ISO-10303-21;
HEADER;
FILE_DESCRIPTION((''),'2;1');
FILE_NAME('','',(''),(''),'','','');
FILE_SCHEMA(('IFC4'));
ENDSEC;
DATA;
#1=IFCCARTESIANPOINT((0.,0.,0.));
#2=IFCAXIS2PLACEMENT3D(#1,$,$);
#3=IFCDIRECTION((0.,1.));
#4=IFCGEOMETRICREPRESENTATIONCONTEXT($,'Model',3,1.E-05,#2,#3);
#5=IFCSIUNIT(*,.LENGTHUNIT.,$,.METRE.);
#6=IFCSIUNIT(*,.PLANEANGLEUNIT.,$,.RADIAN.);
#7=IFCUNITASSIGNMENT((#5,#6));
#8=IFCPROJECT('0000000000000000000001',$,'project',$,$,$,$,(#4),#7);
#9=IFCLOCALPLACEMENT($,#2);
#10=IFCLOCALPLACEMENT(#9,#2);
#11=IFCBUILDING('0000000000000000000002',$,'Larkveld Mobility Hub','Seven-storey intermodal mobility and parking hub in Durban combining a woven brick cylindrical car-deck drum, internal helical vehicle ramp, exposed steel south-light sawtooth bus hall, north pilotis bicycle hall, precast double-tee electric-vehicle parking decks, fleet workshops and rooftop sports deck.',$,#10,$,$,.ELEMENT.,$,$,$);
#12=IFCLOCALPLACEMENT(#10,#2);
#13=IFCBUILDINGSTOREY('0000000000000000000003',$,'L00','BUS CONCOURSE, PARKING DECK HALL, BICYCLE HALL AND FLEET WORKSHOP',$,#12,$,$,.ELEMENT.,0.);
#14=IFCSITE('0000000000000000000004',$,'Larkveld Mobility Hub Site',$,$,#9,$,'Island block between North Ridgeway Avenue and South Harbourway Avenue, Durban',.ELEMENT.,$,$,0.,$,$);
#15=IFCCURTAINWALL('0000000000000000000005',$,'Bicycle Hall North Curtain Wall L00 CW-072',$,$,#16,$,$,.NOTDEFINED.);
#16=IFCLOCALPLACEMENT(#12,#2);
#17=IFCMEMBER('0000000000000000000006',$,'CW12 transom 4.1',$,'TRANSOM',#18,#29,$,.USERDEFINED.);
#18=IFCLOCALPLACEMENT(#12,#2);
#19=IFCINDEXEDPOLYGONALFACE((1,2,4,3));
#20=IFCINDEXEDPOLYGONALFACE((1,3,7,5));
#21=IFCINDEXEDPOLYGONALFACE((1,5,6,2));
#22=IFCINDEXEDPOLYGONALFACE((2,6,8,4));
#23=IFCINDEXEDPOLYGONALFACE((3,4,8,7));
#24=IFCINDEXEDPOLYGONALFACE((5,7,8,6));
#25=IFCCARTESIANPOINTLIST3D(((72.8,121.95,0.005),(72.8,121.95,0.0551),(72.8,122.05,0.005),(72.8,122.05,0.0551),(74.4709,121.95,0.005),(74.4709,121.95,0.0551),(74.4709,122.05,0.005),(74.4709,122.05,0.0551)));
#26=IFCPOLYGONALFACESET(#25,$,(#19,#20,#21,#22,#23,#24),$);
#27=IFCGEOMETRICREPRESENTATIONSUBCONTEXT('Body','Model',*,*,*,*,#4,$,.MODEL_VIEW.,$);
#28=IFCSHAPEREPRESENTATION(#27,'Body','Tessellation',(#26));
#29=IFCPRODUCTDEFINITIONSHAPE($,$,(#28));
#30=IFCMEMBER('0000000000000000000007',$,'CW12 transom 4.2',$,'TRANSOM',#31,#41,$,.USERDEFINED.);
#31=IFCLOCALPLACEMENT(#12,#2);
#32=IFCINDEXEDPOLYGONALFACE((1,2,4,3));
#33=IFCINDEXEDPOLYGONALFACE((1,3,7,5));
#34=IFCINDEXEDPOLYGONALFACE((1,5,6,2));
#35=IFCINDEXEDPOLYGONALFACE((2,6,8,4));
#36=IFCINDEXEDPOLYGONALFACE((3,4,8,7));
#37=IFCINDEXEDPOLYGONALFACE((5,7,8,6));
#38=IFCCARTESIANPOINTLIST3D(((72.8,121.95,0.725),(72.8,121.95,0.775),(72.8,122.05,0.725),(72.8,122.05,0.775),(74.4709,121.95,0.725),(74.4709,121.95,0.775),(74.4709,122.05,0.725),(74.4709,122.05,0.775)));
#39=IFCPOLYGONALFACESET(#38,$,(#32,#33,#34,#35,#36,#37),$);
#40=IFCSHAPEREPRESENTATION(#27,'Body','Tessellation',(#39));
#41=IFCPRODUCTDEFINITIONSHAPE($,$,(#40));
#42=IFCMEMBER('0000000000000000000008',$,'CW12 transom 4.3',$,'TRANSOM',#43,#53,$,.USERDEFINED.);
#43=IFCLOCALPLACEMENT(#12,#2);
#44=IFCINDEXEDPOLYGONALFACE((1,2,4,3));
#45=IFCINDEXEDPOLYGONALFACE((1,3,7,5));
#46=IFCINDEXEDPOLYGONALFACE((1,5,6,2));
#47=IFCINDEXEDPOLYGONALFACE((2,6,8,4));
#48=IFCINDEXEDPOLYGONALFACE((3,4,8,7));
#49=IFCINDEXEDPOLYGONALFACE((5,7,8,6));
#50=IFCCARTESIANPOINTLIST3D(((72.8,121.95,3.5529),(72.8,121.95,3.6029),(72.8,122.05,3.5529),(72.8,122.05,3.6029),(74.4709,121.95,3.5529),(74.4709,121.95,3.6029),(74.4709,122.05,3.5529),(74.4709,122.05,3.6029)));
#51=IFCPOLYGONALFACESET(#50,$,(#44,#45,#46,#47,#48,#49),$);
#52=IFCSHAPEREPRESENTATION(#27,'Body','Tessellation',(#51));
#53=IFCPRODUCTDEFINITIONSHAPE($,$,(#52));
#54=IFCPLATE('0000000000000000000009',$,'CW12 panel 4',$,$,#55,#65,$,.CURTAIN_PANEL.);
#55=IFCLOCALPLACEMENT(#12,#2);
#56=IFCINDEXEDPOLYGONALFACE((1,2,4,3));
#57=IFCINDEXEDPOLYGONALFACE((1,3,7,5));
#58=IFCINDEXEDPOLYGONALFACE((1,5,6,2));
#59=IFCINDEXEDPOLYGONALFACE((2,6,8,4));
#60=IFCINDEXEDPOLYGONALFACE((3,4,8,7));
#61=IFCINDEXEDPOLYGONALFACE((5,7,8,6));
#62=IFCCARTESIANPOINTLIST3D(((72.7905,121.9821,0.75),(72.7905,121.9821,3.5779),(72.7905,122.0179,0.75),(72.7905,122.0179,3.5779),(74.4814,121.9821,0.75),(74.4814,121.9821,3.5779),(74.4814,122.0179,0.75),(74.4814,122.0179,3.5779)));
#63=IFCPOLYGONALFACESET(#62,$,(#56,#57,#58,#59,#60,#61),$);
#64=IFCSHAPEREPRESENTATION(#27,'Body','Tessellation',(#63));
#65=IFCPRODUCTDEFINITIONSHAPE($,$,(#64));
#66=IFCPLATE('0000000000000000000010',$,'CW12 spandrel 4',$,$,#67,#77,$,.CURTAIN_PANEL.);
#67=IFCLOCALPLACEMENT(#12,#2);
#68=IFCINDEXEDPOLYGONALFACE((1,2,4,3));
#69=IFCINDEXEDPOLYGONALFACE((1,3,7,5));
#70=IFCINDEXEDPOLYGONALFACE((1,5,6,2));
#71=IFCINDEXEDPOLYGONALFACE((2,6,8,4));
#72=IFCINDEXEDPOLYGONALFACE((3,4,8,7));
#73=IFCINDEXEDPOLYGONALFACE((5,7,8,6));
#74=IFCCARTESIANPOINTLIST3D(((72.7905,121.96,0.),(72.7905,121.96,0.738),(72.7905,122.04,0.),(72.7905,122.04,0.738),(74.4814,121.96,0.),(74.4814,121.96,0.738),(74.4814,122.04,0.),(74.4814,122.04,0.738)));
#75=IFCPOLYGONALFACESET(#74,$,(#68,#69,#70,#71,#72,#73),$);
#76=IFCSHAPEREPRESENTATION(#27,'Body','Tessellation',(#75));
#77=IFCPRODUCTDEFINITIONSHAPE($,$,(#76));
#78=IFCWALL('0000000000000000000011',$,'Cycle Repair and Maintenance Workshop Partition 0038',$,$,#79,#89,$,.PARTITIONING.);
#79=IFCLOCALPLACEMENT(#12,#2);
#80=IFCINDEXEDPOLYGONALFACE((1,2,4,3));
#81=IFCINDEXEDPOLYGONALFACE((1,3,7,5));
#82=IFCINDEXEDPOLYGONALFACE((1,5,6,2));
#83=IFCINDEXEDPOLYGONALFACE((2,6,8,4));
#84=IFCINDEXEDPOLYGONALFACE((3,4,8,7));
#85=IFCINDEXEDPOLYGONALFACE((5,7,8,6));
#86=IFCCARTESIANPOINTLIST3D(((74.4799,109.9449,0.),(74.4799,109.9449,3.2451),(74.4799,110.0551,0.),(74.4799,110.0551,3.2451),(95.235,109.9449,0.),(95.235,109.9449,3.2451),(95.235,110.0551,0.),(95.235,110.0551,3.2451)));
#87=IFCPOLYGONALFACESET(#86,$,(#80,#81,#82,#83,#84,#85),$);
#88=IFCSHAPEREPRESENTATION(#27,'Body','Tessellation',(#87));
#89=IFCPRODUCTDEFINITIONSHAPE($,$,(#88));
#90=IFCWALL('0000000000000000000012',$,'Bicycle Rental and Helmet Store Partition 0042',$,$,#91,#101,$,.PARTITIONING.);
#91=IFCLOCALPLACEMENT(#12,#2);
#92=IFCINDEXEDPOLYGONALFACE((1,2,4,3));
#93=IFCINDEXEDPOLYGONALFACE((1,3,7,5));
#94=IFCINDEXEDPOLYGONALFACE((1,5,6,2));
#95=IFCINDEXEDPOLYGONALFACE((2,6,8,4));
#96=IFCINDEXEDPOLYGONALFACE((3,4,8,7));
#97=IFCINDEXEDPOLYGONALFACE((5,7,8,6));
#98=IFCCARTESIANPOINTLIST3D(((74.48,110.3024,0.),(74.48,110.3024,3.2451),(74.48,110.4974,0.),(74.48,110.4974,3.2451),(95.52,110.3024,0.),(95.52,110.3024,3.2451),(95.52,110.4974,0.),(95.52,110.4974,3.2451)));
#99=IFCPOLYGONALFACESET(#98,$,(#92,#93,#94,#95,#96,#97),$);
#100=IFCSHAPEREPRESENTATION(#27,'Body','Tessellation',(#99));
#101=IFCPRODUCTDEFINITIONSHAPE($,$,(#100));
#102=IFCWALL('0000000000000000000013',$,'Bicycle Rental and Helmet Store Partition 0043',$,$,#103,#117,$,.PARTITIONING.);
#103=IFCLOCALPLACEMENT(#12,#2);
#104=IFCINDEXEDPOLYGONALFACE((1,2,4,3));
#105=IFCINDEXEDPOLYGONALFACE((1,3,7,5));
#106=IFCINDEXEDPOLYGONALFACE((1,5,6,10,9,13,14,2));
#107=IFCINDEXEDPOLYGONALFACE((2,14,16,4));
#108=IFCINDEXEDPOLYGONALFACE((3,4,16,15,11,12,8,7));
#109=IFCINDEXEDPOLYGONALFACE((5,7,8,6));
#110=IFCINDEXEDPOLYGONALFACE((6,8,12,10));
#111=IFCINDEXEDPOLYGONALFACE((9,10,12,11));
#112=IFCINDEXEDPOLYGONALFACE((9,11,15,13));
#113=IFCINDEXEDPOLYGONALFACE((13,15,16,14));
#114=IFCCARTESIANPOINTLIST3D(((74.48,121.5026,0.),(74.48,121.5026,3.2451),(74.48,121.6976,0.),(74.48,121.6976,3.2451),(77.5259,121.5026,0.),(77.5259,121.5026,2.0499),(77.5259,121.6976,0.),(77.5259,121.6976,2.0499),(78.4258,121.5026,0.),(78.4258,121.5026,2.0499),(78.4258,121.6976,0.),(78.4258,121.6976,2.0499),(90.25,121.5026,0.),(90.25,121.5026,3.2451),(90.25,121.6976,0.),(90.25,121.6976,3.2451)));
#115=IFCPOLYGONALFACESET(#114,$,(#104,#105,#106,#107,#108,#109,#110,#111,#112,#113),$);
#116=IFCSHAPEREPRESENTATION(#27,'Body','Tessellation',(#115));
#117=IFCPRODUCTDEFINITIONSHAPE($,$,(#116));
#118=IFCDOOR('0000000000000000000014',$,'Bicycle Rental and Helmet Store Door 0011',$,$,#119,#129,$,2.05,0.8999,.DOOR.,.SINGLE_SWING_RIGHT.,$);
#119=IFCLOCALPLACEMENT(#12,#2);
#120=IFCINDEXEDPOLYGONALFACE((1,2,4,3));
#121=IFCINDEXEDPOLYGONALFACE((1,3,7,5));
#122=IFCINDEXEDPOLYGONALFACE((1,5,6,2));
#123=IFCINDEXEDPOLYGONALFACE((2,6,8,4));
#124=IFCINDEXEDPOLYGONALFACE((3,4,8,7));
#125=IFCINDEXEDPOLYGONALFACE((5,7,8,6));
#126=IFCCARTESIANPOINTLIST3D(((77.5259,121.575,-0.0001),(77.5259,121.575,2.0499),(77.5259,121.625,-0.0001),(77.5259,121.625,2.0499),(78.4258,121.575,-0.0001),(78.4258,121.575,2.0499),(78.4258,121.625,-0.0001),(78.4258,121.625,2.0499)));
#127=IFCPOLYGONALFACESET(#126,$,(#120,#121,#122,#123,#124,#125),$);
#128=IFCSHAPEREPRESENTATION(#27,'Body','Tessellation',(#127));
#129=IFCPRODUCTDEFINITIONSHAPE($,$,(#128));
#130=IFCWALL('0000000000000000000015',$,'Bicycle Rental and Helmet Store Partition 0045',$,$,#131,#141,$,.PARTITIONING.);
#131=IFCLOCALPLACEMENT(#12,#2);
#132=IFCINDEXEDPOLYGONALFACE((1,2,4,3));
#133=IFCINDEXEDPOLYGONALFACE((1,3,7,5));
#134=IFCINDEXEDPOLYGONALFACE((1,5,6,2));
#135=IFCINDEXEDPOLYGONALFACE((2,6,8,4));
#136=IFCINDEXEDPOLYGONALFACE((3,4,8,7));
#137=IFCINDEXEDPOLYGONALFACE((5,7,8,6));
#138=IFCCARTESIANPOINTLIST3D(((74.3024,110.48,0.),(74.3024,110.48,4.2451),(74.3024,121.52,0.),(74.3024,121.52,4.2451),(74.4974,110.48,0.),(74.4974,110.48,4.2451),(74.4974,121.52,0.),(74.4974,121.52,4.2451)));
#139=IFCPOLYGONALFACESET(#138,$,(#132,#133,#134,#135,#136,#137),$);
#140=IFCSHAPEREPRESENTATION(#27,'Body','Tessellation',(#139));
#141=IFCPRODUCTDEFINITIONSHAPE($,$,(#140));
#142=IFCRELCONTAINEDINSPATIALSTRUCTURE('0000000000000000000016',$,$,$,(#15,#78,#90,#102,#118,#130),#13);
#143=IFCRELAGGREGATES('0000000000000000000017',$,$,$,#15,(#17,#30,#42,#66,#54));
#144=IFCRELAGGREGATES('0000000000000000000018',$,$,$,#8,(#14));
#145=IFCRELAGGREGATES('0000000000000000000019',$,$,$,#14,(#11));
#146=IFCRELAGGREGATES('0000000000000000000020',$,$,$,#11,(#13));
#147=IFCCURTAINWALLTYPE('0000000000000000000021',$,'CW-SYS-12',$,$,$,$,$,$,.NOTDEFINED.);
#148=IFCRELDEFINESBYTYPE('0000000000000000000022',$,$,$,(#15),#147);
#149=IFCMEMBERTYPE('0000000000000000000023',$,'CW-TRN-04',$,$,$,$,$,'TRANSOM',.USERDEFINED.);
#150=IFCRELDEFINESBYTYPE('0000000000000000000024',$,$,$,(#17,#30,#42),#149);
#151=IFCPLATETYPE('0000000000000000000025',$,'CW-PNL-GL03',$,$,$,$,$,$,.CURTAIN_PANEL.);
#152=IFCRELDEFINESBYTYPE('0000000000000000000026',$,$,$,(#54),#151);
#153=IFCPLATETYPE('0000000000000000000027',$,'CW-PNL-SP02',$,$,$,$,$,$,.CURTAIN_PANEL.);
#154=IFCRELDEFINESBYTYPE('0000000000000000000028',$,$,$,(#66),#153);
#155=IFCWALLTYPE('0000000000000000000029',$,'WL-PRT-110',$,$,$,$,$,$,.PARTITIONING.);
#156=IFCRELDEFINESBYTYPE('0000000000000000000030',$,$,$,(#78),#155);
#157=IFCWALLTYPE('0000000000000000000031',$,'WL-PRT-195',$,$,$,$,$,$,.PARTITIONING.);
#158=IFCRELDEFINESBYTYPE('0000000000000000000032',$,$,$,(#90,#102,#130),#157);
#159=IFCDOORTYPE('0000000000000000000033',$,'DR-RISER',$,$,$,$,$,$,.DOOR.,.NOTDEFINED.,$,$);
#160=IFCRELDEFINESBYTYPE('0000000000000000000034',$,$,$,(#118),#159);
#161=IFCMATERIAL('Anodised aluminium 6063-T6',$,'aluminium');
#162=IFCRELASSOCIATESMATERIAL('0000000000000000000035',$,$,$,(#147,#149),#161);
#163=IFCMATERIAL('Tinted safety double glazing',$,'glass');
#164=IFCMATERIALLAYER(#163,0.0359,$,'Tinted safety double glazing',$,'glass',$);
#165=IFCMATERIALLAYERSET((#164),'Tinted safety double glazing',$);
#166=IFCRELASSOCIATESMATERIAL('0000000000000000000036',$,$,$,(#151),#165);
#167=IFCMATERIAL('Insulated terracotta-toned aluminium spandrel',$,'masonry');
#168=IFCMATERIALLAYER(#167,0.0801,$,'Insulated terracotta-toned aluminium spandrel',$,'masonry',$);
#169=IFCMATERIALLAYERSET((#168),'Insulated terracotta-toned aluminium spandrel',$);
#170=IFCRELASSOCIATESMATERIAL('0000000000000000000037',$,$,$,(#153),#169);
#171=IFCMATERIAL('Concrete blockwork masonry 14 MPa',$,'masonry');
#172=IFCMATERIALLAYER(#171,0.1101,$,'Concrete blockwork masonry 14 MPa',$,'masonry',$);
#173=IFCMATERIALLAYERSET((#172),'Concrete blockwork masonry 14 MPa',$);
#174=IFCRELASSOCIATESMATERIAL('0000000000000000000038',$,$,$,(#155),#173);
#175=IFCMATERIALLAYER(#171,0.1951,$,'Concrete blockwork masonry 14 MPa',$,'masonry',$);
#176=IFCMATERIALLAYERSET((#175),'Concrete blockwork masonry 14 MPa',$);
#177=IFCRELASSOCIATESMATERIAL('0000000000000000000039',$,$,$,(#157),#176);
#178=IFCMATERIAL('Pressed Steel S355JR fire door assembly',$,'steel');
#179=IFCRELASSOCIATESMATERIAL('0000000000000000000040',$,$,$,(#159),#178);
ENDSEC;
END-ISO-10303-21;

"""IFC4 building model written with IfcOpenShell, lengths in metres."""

from ifc_helpers import new_model, si_unit, direction, frame, frame_2d, origin, origin_2d, place, context, subcontext, project, spatial, rectangle, extrude, material, layer, layer_set, material_profile, profile_set, type_object, element, fill, aggregate, save


model = new_model("IFC4")

# Units and contexts
model_context = context("Model", 3, precision=1e-05, world=origin(), true_north=direction((0.0, 1.0)))
body_context = subcontext(model_context, "Body", "Model", "MODEL_VIEW")
ifc_project = project(units=[si_unit("LENGTHUNIT", "METRE"), si_unit("PLANEANGLEUNIT", "RADIAN")], contexts=[model_context])

# Site, building, storey
site_placement = place(None, origin())
site = spatial("IfcSite", under=ifc_project, at=site_placement, Name="Larkveld Mobility Hub Site", LongName="Island block between North Ridgeway Avenue and South Harbourway Avenue, Durban", CompositionType="ELEMENT", RefElevation=0.0)
building_placement = place(site_placement, origin())
building = spatial("IfcBuilding", under=site, at=building_placement, Name="Larkveld Mobility Hub", Description="Seven-storey intermodal mobility and parking hub in Durban combining a woven brick cylindrical car-deck drum, internal helical vehicle ramp, exposed steel south-light sawtooth bus hall, north pilotis bicycle hall, precast double-tee electric-vehicle parking decks, fleet workshops and rooftop sports deck.", CompositionType="ELEMENT")
storey_placement = place(building_placement, origin())
storey = spatial("IfcBuildingStorey", under=building, at=storey_placement, Name="L00", Description="BUS CONCOURSE, PARKING DECK HALL, BICYCLE HALL AND FLEET WORKSHOP", CompositionType="ELEMENT", Elevation=0.0)

# Curtain wall
ifc_material_1 = material(Name="Anodised aluminium 6063-T6", Category="aluminium")
curtain_wall_type_1 = type_object("IfcCurtainWallType", Name="CW-SYS-12", PredefinedType="NOTDEFINED", material=ifc_material_1)
curtain_wall_1_placement = place(storey_placement, origin())
curtain_wall_1 = element("IfcCurtainWall", 1, at=curtain_wall_1_placement, inside=storey, type_object=curtain_wall_type_1, Name="Bicycle Hall North Curtain Wall L00 CW-072", PredefinedType="NOTDEFINED")

# Members
ifc_material_profile_1 = material_profile(ifc_material_1, rectangle(XDim=0.1001, YDim=0.05, at=origin_2d()), Name="ALU TRAN 50x100")
ifc_profile_set_1 = profile_set([ifc_material_profile_1], Name="Anodised aluminium 6063-T6")
member_type_1 = type_object("IfcMemberType", Name="CW-TRN-04", ElementType="TRANSOM", PredefinedType="USERDEFINED", material=ifc_profile_set_1)
member_1_placement = place(storey_placement, frame((74.4709, 122.0, 0.03), z_axis=(-1.0, 0.0, 0.0), x_axis=(0.0, -1.0, 0.0)))
member_1 = element("IfcMember", 2, at=member_1_placement, type_object=member_type_1, Name="CW12 transom 4.1", ObjectType="TRANSOM", PredefinedType="USERDEFINED", context=body_context, shape_type="SweptSolid", body=[
    extrude(rectangle(XDim=0.1001, YDim=0.05, at=origin_2d()), origin(), (0.0, 0.0, 1.0), 1.6709),
])
member_2_placement = place(storey_placement, frame((74.4709, 122.0, 0.75), z_axis=(-1.0, 0.0, 0.0), x_axis=(0.0, -1.0, 0.0)))
member_2 = element("IfcMember", 3, at=member_2_placement, type_object=member_type_1, Name="CW12 transom 4.2", ObjectType="TRANSOM", PredefinedType="USERDEFINED", context=body_context, shape_type="SweptSolid", body=[
    extrude(rectangle(XDim=0.1001, YDim=0.05, at=origin_2d()), origin(), (0.0, 0.0, 1.0), 1.6709),
])
member_3_placement = place(storey_placement, frame((74.4709, 122.0, 3.5779), z_axis=(-1.0, 0.0, 0.0), x_axis=(0.0, -1.0, 0.0)))
member_3 = element("IfcMember", 4, at=member_3_placement, type_object=member_type_1, Name="CW12 transom 4.3", ObjectType="TRANSOM", PredefinedType="USERDEFINED", context=body_context, shape_type="SweptSolid", body=[
    extrude(rectangle(XDim=0.1001, YDim=0.05, at=origin_2d()), origin(), (0.0, 0.0, 1.0), 1.6709),
])

# Plates
ifc_material_2 = material(Name="Tinted safety double glazing", Category="glass")
ifc_layer_1 = layer(ifc_material_2, 0.0359, Name="Tinted safety double glazing", Category="glass")
ifc_layer_set_1 = layer_set([ifc_layer_1], Name="Tinted safety double glazing")
plate_type_1 = type_object("IfcPlateType", Name="CW-PNL-GL03", PredefinedType="CURTAIN_PANEL", material=ifc_layer_set_1)
plate_1_placement = place(storey_placement, frame((73.636, 122.0, 0.75), z_axis=(0.0, 0.0, 1.0), x_axis=(-1.0, 0.0, 0.0)))
plate_1 = element("IfcPlate", 5, at=plate_1_placement, type_object=plate_type_1, Name="CW12 panel 4", PredefinedType="CURTAIN_PANEL", context=body_context, shape_type="SweptSolid", body=[
    extrude(rectangle(XDim=1.6909, YDim=0.0359, at=origin_2d()), origin(), (0.0, 0.0, 1.0), 2.8279),
])
ifc_material_3 = material(Name="Insulated terracotta-toned aluminium spandrel", Category="masonry")
ifc_layer_2 = layer(ifc_material_3, 0.0801, Name="Insulated terracotta-toned aluminium spandrel", Category="masonry")
ifc_layer_set_2 = layer_set([ifc_layer_2], Name="Insulated terracotta-toned aluminium spandrel")
plate_type_2 = type_object("IfcPlateType", Name="CW-PNL-SP02", PredefinedType="CURTAIN_PANEL", material=ifc_layer_set_2)
plate_2_placement = place(storey_placement, frame((73.636, 122.0, 0.0), z_axis=(0.0, 0.0, 1.0), x_axis=(-1.0, 0.0, 0.0)))
plate_2 = element("IfcPlate", 6, at=plate_2_placement, type_object=plate_type_2, Name="CW12 spandrel 4", PredefinedType="CURTAIN_PANEL", context=body_context, shape_type="SweptSolid", body=[
    extrude(rectangle(XDim=1.6909, YDim=0.0801, at=origin_2d()), origin(), (0.0, 0.0, 1.0), 0.738),
])
aggregate(curtain_wall_1, [member_1, member_2, member_3, plate_2, plate_1])

# Walls
ifc_material_4 = material(Name="Concrete blockwork masonry 14 MPa", Category="masonry")
ifc_layer_3 = layer(ifc_material_4, 0.1101, Name="Concrete blockwork masonry 14 MPa", Category="masonry")
ifc_layer_set_3 = layer_set([ifc_layer_3], Name="Concrete blockwork masonry 14 MPa")
wall_type_1 = type_object("IfcWallType", Name="WL-PRT-110", PredefinedType="PARTITIONING", material=ifc_layer_set_3)
wall_1_placement = place(storey_placement, frame((74.48, 110.0, 0.0), z_axis=(0.0, 0.0, 1.0), x_axis=(1.0, 0.0, 0.0)))
element("IfcWall", 7, at=wall_1_placement, inside=storey, type_object=wall_type_1, Name="Cycle Repair and Maintenance Workshop Partition 0038", PredefinedType="PARTITIONING", context=body_context, shape_type="SweptSolid", body=[
    extrude(rectangle(XDim=20.7551, YDim=0.1101, at=frame_2d((10.3774, 0.0))), origin(), (0.0, 0.0, 1.0), 3.2451),
])
ifc_layer_4 = layer(ifc_material_4, 0.1951, Name="Concrete blockwork masonry 14 MPa", Category="masonry")
ifc_layer_set_4 = layer_set([ifc_layer_4], Name="Concrete blockwork masonry 14 MPa")
wall_type_2 = type_object("IfcWallType", Name="WL-PRT-195", PredefinedType="PARTITIONING", material=ifc_layer_set_4)
wall_2_placement = place(storey_placement, frame((74.48, 110.3999, 0.0), z_axis=(0.0, 0.0, 1.0), x_axis=(1.0, 0.0, 0.0)))
element("IfcWall", 8, at=wall_2_placement, inside=storey, type_object=wall_type_2, Name="Bicycle Rental and Helmet Store Partition 0042", PredefinedType="PARTITIONING", context=body_context, shape_type="SweptSolid", body=[
    extrude(rectangle(XDim=21.04, YDim=0.1951, at=frame_2d((10.52, 0.0))), origin(), (0.0, 0.0, 1.0), 3.2451),
])

# Wall, opening, door
wall_3_placement = place(storey_placement, frame((74.48, 121.6001, 0.0), z_axis=(0.0, 0.0, 1.0), x_axis=(1.0, 0.0, 0.0)))
wall_3 = element("IfcWall", 9, at=wall_3_placement, inside=storey, type_object=wall_type_2, Name="Bicycle Rental and Helmet Store Partition 0043", PredefinedType="PARTITIONING", context=body_context, shape_type="SweptSolid", body=[
    extrude(rectangle(XDim=15.77, YDim=0.1951, at=frame_2d((7.885, 0.0))), origin(), (0.0, 0.0, 1.0), 3.2451),
])
opening_placement = place(wall_3_placement, frame((3.0459, 0.0, 0.0)))
opening = element("IfcOpeningElement", 10, at=opening_placement, cuts=wall_3, PredefinedType="OPENING", context=body_context, shape_type="SweptSolid", body=[
    extrude(rectangle(XDim=0.8999, YDim=2.05, at=frame_2d((0.45, 1.0249))), frame((0.0, 0.1074, 0.0), z_axis=(0.0, -1.0, 0.0), x_axis=(1.0, 0.0, 0.0)), (0.0, 0.0, 1.0), 0.2151),
])
ifc_material_5 = material(Name="Pressed Steel S355JR fire door assembly", Category="steel")
door_type = type_object("IfcDoorType", Name="DR-RISER", OperationType="NOTDEFINED", PredefinedType="DOOR", material=ifc_material_5)
door_placement = place(opening_placement, origin())
door = element("IfcDoor", 11, at=door_placement, inside=storey, type_object=door_type, Name="Bicycle Rental and Helmet Store Door 0011", OperationType="SINGLE_SWING_RIGHT", OverallHeight=2.05, OverallWidth=0.8999, PredefinedType="DOOR", context=body_context, shape_type="SweptSolid", body=[
    extrude(rectangle(XDim=0.8999, YDim=2.05, at=frame_2d((0.45, 1.0249))), frame((0.0, 0.0249, 0.0), z_axis=(0.0, -1.0, 0.0), x_axis=(1.0, 0.0, 0.0)), (0.0, 0.0, 1.0), 0.05),
])
fill(opening, door)

# Wall
wall_4_placement = place(storey_placement, frame((74.3999, 110.48, 0.0), z_axis=(0.0, 0.0, 1.0), x_axis=(0.0, 1.0, 0.0)))
element("IfcWall", 12, at=wall_4_placement, inside=storey, type_object=wall_type_2, Name="Bicycle Rental and Helmet Store Partition 0045", PredefinedType="PARTITIONING", context=body_context, shape_type="SweptSolid", body=[
    extrude(rectangle(XDim=11.04, YDim=0.1951, at=frame_2d((5.52, 0.0))), origin(), (0.0, 0.0, 1.0), 4.2451),
])

save(model, "model.ifc")
